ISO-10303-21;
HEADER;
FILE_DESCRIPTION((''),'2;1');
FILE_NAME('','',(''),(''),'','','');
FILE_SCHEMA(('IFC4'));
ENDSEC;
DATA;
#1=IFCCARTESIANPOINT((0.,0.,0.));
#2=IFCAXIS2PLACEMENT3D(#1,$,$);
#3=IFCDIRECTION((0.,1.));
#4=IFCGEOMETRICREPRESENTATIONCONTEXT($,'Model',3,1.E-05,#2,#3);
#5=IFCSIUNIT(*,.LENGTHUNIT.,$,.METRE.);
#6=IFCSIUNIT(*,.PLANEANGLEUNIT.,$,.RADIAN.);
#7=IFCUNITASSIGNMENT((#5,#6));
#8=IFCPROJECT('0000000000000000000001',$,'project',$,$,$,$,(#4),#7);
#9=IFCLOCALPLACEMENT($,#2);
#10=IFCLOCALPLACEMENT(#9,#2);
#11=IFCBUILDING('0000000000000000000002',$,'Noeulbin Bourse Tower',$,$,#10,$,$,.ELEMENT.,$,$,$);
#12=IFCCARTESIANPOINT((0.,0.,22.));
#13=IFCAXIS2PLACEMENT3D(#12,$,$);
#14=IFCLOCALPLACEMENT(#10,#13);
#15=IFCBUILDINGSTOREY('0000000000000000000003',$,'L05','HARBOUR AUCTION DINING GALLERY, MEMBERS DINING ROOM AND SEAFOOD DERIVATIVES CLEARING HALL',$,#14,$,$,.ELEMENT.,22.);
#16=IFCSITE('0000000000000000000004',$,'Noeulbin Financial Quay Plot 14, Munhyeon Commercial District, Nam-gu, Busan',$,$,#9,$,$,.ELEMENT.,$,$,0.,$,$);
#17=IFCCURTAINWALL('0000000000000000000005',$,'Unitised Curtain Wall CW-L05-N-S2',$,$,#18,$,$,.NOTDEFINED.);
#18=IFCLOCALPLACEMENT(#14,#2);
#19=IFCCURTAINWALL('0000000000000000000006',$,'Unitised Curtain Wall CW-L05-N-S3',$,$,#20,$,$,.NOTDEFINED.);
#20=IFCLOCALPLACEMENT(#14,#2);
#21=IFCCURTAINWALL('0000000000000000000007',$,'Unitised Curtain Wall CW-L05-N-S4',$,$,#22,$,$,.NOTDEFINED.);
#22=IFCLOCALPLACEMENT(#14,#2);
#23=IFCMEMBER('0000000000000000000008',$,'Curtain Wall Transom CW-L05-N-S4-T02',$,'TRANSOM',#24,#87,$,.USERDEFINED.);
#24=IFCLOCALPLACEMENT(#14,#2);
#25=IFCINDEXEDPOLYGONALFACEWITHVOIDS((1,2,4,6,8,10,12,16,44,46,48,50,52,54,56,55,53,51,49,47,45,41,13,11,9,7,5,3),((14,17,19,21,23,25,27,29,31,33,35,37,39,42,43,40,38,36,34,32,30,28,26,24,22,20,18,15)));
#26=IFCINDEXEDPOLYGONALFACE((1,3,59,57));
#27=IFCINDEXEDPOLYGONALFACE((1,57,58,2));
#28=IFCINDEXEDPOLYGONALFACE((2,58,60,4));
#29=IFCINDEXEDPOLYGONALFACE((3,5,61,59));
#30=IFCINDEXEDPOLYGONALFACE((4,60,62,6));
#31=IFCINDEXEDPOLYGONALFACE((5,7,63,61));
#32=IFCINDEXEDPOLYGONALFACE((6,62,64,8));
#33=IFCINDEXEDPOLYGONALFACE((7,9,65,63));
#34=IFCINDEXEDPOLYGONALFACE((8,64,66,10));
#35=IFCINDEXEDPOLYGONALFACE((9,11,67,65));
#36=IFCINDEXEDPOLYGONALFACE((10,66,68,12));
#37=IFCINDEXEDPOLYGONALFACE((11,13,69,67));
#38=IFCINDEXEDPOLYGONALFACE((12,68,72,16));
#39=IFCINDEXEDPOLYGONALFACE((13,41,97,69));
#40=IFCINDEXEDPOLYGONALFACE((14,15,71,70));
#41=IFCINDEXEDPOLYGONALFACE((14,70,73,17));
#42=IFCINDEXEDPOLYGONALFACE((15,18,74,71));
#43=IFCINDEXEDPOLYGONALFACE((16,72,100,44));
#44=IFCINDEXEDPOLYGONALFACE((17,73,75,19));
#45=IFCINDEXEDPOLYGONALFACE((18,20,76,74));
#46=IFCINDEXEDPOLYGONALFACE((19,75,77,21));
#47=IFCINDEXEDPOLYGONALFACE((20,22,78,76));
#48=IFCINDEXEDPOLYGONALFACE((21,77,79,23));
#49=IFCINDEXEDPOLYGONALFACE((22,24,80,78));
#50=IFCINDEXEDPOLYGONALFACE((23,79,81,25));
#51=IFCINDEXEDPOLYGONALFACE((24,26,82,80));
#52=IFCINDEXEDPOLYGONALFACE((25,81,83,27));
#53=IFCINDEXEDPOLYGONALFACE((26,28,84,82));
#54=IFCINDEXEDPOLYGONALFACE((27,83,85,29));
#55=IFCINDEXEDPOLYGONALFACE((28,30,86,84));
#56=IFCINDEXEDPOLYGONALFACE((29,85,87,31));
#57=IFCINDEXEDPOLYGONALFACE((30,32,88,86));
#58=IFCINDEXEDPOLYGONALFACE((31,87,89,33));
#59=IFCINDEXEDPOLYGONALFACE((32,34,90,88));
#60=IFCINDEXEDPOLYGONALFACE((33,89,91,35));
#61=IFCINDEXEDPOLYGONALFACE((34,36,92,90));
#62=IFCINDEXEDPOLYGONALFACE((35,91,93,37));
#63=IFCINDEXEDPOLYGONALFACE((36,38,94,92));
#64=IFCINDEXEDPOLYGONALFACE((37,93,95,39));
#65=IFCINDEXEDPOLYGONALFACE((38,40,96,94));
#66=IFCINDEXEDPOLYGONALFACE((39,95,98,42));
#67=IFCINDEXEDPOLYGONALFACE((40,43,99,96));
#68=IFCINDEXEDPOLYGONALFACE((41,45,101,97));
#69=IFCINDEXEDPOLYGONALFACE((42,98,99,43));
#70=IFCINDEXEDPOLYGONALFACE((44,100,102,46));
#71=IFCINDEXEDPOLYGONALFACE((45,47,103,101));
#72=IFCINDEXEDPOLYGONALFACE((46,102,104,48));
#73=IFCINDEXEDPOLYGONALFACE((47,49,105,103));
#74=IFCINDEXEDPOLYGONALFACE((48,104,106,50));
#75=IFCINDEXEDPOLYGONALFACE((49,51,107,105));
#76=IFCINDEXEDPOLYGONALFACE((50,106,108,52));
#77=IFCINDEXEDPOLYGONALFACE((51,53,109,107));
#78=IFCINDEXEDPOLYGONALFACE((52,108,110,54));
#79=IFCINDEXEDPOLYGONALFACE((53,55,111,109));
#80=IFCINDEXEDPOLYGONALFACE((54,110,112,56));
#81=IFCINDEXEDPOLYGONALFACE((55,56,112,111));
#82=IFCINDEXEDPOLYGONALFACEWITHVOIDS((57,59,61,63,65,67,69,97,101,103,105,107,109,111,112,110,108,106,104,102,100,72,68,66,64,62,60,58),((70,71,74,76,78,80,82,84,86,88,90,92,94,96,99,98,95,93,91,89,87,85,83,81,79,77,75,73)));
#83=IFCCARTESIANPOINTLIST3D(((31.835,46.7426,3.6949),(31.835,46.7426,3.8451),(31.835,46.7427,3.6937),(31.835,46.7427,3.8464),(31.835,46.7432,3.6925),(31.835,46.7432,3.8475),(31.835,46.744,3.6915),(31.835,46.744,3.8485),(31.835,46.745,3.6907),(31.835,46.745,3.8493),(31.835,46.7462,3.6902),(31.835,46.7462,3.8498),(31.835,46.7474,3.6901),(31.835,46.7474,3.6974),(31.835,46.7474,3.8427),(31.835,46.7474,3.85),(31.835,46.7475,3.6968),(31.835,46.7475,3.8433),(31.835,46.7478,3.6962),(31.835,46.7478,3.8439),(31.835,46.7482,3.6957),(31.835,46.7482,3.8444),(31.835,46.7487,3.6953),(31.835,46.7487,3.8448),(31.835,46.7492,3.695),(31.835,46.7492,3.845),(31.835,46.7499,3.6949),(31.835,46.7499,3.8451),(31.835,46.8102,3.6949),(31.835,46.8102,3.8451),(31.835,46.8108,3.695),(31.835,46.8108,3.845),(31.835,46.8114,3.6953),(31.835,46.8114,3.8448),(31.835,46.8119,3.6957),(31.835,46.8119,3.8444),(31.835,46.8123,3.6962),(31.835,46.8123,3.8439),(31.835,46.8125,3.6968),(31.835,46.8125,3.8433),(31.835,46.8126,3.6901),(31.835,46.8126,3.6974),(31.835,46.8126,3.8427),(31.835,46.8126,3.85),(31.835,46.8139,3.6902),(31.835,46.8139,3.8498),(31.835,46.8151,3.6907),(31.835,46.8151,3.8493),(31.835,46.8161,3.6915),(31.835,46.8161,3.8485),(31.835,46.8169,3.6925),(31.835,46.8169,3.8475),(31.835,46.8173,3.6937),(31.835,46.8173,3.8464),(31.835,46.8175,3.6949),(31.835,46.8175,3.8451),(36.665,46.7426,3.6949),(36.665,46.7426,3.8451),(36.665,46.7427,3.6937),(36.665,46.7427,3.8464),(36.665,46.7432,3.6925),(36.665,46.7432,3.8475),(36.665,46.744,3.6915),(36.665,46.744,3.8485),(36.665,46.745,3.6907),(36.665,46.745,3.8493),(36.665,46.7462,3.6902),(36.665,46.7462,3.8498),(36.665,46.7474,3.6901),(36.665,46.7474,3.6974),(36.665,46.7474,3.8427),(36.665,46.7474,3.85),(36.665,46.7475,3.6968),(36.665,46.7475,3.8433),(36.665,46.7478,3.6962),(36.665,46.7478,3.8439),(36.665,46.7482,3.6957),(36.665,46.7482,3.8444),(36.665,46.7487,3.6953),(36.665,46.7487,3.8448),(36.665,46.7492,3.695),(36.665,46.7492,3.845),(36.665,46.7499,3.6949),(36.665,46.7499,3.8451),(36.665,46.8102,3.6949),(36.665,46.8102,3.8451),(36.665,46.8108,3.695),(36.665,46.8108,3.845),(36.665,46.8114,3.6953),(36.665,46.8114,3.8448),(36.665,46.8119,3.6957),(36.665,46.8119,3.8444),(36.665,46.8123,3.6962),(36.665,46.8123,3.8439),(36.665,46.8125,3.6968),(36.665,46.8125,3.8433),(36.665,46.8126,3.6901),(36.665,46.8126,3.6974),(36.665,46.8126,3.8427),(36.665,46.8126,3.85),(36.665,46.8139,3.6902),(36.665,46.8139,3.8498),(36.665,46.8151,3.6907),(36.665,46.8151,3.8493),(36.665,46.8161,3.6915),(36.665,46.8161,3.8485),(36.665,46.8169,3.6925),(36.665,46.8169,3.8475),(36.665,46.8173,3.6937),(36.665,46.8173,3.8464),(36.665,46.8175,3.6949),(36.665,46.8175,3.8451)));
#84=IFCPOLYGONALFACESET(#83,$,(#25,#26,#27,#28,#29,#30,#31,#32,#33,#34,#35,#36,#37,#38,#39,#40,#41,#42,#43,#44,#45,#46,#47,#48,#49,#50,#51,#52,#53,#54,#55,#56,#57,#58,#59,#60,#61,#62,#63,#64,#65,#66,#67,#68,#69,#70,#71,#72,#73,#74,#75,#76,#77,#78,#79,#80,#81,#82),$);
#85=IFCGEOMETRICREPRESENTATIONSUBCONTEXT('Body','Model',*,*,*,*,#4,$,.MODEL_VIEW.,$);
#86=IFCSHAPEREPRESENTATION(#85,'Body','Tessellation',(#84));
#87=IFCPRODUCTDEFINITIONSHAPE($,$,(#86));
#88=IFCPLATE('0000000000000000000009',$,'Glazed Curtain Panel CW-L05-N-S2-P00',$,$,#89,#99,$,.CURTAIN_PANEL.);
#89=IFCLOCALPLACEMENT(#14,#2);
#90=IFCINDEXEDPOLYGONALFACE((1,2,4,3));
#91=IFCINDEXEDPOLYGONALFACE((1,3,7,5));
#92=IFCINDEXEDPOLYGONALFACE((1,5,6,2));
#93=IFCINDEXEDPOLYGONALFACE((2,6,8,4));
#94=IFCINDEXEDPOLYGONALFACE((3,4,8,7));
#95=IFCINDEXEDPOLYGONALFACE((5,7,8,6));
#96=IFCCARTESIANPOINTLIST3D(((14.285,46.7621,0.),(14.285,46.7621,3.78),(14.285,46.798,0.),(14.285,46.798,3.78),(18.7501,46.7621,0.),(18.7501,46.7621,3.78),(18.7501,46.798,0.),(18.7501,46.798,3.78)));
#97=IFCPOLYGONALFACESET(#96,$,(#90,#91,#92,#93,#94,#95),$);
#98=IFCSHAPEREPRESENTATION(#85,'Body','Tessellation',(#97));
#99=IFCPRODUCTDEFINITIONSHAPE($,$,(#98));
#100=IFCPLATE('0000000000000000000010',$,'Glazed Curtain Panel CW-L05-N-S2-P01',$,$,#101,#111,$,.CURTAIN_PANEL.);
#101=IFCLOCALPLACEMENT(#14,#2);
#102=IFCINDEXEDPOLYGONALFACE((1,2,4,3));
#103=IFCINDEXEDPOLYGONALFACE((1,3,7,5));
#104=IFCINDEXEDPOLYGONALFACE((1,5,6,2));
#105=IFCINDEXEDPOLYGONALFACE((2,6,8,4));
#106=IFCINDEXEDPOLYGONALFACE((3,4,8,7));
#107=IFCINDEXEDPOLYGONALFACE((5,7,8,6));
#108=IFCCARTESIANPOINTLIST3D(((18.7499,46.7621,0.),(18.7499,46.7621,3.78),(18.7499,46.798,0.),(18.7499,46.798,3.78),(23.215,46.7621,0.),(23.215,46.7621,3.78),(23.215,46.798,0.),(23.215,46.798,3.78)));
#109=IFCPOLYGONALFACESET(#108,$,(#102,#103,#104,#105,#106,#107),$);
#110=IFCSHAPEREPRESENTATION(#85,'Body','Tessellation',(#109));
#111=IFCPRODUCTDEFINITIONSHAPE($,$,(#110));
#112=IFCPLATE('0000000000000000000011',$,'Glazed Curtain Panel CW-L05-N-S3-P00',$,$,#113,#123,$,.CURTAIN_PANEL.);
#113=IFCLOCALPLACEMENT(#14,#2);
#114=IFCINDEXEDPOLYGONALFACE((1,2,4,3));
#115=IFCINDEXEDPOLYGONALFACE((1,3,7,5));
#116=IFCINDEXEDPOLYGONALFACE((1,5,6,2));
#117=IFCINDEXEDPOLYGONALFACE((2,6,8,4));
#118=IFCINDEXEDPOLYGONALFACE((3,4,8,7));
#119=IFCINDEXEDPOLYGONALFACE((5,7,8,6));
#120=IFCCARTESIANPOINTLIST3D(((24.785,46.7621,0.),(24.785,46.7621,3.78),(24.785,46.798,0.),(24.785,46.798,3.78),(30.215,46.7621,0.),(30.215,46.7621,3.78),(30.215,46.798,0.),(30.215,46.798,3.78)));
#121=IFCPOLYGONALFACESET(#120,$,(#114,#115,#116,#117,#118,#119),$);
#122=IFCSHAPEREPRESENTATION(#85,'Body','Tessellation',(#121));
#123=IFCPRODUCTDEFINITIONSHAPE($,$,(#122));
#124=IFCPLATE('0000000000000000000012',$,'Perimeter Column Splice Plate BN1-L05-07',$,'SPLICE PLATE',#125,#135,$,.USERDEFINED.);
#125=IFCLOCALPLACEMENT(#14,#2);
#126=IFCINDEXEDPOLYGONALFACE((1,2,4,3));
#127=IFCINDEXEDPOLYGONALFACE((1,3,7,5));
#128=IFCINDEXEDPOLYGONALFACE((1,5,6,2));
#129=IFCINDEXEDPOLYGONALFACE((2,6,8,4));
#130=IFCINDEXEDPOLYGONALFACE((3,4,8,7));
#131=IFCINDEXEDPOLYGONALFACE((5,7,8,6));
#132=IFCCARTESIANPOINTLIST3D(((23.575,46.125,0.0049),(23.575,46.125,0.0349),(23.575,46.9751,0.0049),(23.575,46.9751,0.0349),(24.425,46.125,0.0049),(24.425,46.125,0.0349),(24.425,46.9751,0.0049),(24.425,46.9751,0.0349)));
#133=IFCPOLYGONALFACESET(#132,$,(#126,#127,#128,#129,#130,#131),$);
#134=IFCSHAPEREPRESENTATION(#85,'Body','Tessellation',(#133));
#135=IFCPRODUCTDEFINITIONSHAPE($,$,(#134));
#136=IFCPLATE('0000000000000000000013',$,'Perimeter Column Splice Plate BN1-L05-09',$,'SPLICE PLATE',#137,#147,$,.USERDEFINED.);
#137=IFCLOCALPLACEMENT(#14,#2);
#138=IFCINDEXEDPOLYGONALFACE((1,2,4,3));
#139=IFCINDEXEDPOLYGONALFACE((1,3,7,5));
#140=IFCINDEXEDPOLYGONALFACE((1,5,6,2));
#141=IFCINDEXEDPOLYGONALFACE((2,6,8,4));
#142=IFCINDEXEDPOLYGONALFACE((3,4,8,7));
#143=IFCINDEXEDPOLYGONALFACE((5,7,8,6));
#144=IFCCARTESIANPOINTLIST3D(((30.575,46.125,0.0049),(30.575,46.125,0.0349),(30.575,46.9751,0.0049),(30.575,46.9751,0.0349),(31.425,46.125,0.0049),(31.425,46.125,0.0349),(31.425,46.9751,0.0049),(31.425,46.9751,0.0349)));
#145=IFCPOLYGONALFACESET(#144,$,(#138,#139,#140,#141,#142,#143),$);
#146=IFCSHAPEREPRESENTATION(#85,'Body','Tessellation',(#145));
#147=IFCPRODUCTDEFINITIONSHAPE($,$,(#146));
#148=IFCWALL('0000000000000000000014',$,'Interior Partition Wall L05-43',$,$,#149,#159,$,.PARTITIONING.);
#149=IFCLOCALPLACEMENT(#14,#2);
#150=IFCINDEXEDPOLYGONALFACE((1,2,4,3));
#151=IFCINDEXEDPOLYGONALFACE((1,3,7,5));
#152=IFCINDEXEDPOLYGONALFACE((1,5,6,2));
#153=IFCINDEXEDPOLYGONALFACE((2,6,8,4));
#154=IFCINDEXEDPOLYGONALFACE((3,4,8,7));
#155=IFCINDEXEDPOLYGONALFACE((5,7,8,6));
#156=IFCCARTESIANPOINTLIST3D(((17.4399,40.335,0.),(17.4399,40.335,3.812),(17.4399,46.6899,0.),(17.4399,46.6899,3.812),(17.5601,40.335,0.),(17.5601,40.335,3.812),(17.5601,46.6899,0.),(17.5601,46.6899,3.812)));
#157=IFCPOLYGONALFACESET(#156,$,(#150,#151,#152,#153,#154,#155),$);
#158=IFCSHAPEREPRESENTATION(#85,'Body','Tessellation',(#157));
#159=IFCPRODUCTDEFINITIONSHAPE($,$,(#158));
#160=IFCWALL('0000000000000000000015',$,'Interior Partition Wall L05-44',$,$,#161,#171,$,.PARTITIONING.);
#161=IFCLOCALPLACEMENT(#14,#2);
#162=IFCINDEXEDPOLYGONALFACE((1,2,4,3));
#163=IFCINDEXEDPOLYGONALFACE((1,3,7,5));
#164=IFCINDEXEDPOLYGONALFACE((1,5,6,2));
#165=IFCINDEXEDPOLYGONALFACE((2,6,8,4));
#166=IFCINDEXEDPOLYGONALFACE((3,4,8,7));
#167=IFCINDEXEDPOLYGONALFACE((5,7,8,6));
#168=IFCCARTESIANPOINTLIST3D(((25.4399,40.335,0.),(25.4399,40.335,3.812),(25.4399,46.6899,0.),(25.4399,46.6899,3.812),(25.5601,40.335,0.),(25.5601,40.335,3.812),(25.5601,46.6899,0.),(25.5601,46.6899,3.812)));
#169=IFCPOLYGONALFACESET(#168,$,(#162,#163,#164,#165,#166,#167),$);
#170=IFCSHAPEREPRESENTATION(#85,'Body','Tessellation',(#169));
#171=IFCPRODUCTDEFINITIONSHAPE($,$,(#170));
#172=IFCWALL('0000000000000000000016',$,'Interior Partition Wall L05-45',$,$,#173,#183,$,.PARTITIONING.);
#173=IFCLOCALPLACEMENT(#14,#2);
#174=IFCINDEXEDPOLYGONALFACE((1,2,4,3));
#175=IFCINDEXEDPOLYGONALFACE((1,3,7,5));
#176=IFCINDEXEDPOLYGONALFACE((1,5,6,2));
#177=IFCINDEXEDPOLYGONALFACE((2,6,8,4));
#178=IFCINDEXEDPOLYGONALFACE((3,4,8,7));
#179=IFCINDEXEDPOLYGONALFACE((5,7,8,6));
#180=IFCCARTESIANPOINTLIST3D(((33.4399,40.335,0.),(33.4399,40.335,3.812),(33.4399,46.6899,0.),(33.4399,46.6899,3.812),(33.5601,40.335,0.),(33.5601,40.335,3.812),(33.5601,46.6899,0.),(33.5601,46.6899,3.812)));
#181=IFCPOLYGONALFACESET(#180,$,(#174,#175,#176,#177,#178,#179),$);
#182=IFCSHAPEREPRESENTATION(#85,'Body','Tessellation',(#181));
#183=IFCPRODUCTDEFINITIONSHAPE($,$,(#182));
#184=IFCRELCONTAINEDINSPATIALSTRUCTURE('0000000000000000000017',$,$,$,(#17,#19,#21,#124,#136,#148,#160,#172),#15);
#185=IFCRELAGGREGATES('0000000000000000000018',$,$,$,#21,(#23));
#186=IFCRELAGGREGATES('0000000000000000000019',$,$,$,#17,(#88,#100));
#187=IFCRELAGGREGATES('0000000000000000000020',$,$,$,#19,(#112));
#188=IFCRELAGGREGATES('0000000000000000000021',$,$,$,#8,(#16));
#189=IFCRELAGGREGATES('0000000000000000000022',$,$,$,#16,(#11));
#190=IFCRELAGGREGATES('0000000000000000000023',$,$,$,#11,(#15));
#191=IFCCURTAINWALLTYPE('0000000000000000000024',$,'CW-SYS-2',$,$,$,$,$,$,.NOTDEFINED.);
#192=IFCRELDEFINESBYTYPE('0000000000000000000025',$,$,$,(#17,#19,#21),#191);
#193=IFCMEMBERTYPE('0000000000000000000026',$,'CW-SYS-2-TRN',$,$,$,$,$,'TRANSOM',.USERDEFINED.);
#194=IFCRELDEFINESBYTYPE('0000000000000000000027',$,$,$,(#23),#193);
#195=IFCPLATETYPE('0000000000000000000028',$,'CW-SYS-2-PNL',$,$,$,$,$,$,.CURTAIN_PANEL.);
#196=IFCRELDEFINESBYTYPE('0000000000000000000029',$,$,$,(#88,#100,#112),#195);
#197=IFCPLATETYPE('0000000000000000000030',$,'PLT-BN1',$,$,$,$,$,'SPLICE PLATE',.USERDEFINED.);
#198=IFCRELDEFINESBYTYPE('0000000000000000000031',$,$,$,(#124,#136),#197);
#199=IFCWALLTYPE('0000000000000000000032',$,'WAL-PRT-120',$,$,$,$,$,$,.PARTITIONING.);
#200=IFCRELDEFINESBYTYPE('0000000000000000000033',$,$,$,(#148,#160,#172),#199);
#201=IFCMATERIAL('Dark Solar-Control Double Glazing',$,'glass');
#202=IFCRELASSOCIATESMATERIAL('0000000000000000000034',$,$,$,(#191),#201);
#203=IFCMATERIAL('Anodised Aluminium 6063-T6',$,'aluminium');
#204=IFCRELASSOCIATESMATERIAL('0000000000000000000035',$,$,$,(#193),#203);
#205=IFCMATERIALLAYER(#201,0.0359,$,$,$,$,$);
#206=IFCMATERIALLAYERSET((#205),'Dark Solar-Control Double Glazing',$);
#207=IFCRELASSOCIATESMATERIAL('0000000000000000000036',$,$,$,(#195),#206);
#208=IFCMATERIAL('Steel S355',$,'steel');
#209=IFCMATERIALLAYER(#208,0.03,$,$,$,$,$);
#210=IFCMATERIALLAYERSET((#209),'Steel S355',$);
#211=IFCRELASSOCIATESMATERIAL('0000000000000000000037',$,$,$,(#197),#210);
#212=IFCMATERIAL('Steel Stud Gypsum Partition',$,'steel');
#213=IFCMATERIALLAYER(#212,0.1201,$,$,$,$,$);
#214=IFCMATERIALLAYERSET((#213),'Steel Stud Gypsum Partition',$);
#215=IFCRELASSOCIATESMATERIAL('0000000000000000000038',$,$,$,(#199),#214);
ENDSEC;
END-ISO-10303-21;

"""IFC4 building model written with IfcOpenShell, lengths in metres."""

from ifc_helpers import new_model, si_unit, direction, frame, frame_2d, origin, origin_2d, place, context, subcontext, project, spatial, rectangle, hollow_rectangle, extrude, material, layer, layer_set, material_profile, profile_set, type_object, element, aggregate, save


model = new_model("IFC4")

# Units and contexts
model_context = context("Model", 3, precision=1e-05, world=origin(), true_north=direction((0.0, 1.0)))
body_context = subcontext(model_context, "Body", "Model", "MODEL_VIEW")
ifc_project = project(units=[si_unit("LENGTHUNIT", "METRE"), si_unit("PLANEANGLEUNIT", "RADIAN")], contexts=[model_context])

# Site, building, storey
site_placement = place(None, origin())
site = spatial("IfcSite", under=ifc_project, at=site_placement, Name="Noeulbin Financial Quay Plot 14, Munhyeon Commercial District, Nam-gu, Busan", CompositionType="ELEMENT", RefElevation=0.0)
building_placement = place(site_placement, origin())
building = spatial("IfcBuilding", under=site, at=building_placement, Name="Noeulbin Bourse Tower", CompositionType="ELEMENT")
storey_placement = place(building_placement, frame((0.0, 0.0, 22.0)))
storey = spatial("IfcBuildingStorey", under=building, at=storey_placement, Name="L05", Description="HARBOUR AUCTION DINING GALLERY, MEMBERS DINING ROOM AND SEAFOOD DERIVATIVES CLEARING HALL", CompositionType="ELEMENT", Elevation=22.0)

# Shared definitions
ifc_material_1 = material(Name="Steel S355", Category="steel")

# Curtain walls
ifc_material_2 = material(Name="Dark Solar-Control Double Glazing", Category="glass")
curtain_wall_type = type_object("IfcCurtainWallType", Name="CW-SYS-2", PredefinedType="NOTDEFINED", material=ifc_material_2)
curtain_wall_1_placement = place(storey_placement, origin())
curtain_wall_1 = element("IfcCurtainWall", 1, at=curtain_wall_1_placement, inside=storey, type_object=curtain_wall_type, Name="Unitised Curtain Wall CW-L05-N-S2", PredefinedType="NOTDEFINED")
ifc_material_3 = material(Name="Anodised Aluminium 6063-T6", Category="aluminium")
curtain_wall_2_placement = place(storey_placement, origin())
curtain_wall_2 = element("IfcCurtainWall", 2, at=curtain_wall_2_placement, inside=storey, type_object=curtain_wall_type, Name="Unitised Curtain Wall CW-L05-N-S3", PredefinedType="NOTDEFINED")

# Curtain wall
curtain_wall_3_placement = place(storey_placement, origin())
curtain_wall_3 = element("IfcCurtainWall", 3, at=curtain_wall_3_placement, inside=storey, type_object=curtain_wall_type, Name="Unitised Curtain Wall CW-L05-N-S4", PredefinedType="NOTDEFINED")

# Member
ifc_material_profile_1 = material_profile(ifc_material_3, hollow_rectangle(XDim=0.075, YDim=0.1599, WallThickness=0.0049, InnerFilletRadius=0.0024, OuterFilletRadius=0.0049, at=origin_2d()), Name="ALU-TRAN-75x160x5", Category="LoadBearing")
ifc_profile_set_1 = profile_set([ifc_material_profile_1], Name="Anodised Aluminium 6063-T6")
member_type_1 = type_object("IfcMemberType", Name="CW-SYS-2-TRN", ElementType="TRANSOM", PredefinedType="USERDEFINED", material=ifc_profile_set_1)
member_1_placement = place(storey_placement, frame((31.835, 46.78, 3.77), z_axis=(1.0, 0.0, 0.0), x_axis=(0.0, 1.0, 0.0)))
member_1 = element("IfcMember", 4, at=member_1_placement, type_object=member_type_1, Name="Curtain Wall Transom CW-L05-N-S4-T02", ObjectType="TRANSOM", PredefinedType="USERDEFINED", context=body_context, shape_type="SweptSolid", body=[
    extrude(hollow_rectangle(XDim=0.075, YDim=0.1599, WallThickness=0.0049, InnerFilletRadius=0.0024, OuterFilletRadius=0.0049, at=origin_2d()), origin(), (0.0, 0.0, 1.0), 4.8301),
])
aggregate(curtain_wall_3, [member_1])

# Plates
ifc_layer_1 = layer(ifc_material_2, 0.0359)
ifc_layer_set_1 = layer_set([ifc_layer_1], Name="Dark Solar-Control Double Glazing")
plate_type_1 = type_object("IfcPlateType", Name="CW-SYS-2-PNL", PredefinedType="CURTAIN_PANEL", material=ifc_layer_set_1)
plate_1_placement = place(storey_placement, frame((16.5176, 46.78, 0.0), z_axis=(0.0, 0.0, 1.0), x_axis=(1.0, 0.0, 0.0)))
plate_1 = element("IfcPlate", 5, at=plate_1_placement, type_object=plate_type_1, Name="Glazed Curtain Panel CW-L05-N-S2-P00", PredefinedType="CURTAIN_PANEL", context=body_context, shape_type="SweptSolid", body=[
    extrude(rectangle(XDim=4.4651, YDim=0.0359, at=origin_2d()), origin(), (0.0, 0.0, 1.0), 3.78),
])
plate_2_placement = place(storey_placement, frame((20.9824, 46.78, 0.0), z_axis=(0.0, 0.0, 1.0), x_axis=(1.0, 0.0, 0.0)))
plate_2 = element("IfcPlate", 6, at=plate_2_placement, type_object=plate_type_1, Name="Glazed Curtain Panel CW-L05-N-S2-P01", PredefinedType="CURTAIN_PANEL", context=body_context, shape_type="SweptSolid", body=[
    extrude(rectangle(XDim=4.4651, YDim=0.0359, at=origin_2d()), origin(), (0.0, 0.0, 1.0), 3.78),
])
aggregate(curtain_wall_1, [plate_1, plate_2])
plate_3_placement = place(storey_placement, frame((27.5, 46.78, 0.0), z_axis=(0.0, 0.0, 1.0), x_axis=(1.0, 0.0, 0.0)))
plate_3 = element("IfcPlate", 7, at=plate_3_placement, type_object=plate_type_1, Name="Glazed Curtain Panel CW-L05-N-S3-P00", PredefinedType="CURTAIN_PANEL", context=body_context, shape_type="SweptSolid", body=[
    extrude(rectangle(XDim=5.4299, YDim=0.0359, at=origin_2d()), origin(), (0.0, 0.0, 1.0), 3.78),
])
aggregate(curtain_wall_2, [plate_3])

# Plates
ifc_layer_2 = layer(ifc_material_1, 0.03)
ifc_layer_set_2 = layer_set([ifc_layer_2], Name="Steel S355")
plate_type_2 = type_object("IfcPlateType", Name="PLT-BN1", ElementType="SPLICE PLATE", PredefinedType="USERDEFINED", material=ifc_layer_set_2)
for number, where, z_axis, x_axis, name in (
    (8, (24.0, 46.55, 0.0049), (0.0, 0.0, 1.0), (1.0, 0.0, 0.0), "Perimeter Column Splice Plate BN1-L05-07"),
    (9, (31.0, 46.55, 0.0049), (0.0, 0.0, 1.0), (1.0, 0.0, 0.0), "Perimeter Column Splice Plate BN1-L05-09"),
):
    element("IfcPlate", number, at=place(storey_placement, frame(where, z_axis=z_axis, x_axis=x_axis)), inside=storey, type_object=plate_type_2, Name=name, ObjectType="SPLICE PLATE", PredefinedType="USERDEFINED", context=body_context, shape_type="SweptSolid", body=[
        extrude(rectangle(XDim=0.8501, YDim=0.8501, at=origin_2d()), origin(), (0.0, 0.0, 1.0), 0.03),
    ])

# Walls
ifc_material_4 = material(Name="Steel Stud Gypsum Partition", Category="steel")
ifc_layer_3 = layer(ifc_material_4, 0.1201)
ifc_layer_set_3 = layer_set([ifc_layer_3], Name="Steel Stud Gypsum Partition")
wall_type = type_object("IfcWallType", Name="WAL-PRT-120", PredefinedType="PARTITIONING", material=ifc_layer_set_3)
for number, where, z_axis, x_axis, name in (
    (10, (17.5, 40.335, 0.0), (0.0, 0.0, 1.0), (0.0, 1.0, 0.0), "Interior Partition Wall L05-43"),
    (11, (25.5, 40.335, 0.0), (0.0, 0.0, 1.0), (0.0, 1.0, 0.0), "Interior Partition Wall L05-44"),
    (12, (33.5, 40.335, 0.0), (0.0, 0.0, 1.0), (0.0, 1.0, 0.0), "Interior Partition Wall L05-45"),
):
    element("IfcWall", number, at=place(storey_placement, frame(where, z_axis=z_axis, x_axis=x_axis)), inside=storey, type_object=wall_type, Name=name, PredefinedType="PARTITIONING", context=body_context, shape_type="SweptSolid", body=[
        extrude(rectangle(XDim=6.355, YDim=0.1201, at=frame_2d((3.1775, 0.0))), origin(), (0.0, 0.0, 1.0), 3.812),
    ])

save(model, "model.ifc")
